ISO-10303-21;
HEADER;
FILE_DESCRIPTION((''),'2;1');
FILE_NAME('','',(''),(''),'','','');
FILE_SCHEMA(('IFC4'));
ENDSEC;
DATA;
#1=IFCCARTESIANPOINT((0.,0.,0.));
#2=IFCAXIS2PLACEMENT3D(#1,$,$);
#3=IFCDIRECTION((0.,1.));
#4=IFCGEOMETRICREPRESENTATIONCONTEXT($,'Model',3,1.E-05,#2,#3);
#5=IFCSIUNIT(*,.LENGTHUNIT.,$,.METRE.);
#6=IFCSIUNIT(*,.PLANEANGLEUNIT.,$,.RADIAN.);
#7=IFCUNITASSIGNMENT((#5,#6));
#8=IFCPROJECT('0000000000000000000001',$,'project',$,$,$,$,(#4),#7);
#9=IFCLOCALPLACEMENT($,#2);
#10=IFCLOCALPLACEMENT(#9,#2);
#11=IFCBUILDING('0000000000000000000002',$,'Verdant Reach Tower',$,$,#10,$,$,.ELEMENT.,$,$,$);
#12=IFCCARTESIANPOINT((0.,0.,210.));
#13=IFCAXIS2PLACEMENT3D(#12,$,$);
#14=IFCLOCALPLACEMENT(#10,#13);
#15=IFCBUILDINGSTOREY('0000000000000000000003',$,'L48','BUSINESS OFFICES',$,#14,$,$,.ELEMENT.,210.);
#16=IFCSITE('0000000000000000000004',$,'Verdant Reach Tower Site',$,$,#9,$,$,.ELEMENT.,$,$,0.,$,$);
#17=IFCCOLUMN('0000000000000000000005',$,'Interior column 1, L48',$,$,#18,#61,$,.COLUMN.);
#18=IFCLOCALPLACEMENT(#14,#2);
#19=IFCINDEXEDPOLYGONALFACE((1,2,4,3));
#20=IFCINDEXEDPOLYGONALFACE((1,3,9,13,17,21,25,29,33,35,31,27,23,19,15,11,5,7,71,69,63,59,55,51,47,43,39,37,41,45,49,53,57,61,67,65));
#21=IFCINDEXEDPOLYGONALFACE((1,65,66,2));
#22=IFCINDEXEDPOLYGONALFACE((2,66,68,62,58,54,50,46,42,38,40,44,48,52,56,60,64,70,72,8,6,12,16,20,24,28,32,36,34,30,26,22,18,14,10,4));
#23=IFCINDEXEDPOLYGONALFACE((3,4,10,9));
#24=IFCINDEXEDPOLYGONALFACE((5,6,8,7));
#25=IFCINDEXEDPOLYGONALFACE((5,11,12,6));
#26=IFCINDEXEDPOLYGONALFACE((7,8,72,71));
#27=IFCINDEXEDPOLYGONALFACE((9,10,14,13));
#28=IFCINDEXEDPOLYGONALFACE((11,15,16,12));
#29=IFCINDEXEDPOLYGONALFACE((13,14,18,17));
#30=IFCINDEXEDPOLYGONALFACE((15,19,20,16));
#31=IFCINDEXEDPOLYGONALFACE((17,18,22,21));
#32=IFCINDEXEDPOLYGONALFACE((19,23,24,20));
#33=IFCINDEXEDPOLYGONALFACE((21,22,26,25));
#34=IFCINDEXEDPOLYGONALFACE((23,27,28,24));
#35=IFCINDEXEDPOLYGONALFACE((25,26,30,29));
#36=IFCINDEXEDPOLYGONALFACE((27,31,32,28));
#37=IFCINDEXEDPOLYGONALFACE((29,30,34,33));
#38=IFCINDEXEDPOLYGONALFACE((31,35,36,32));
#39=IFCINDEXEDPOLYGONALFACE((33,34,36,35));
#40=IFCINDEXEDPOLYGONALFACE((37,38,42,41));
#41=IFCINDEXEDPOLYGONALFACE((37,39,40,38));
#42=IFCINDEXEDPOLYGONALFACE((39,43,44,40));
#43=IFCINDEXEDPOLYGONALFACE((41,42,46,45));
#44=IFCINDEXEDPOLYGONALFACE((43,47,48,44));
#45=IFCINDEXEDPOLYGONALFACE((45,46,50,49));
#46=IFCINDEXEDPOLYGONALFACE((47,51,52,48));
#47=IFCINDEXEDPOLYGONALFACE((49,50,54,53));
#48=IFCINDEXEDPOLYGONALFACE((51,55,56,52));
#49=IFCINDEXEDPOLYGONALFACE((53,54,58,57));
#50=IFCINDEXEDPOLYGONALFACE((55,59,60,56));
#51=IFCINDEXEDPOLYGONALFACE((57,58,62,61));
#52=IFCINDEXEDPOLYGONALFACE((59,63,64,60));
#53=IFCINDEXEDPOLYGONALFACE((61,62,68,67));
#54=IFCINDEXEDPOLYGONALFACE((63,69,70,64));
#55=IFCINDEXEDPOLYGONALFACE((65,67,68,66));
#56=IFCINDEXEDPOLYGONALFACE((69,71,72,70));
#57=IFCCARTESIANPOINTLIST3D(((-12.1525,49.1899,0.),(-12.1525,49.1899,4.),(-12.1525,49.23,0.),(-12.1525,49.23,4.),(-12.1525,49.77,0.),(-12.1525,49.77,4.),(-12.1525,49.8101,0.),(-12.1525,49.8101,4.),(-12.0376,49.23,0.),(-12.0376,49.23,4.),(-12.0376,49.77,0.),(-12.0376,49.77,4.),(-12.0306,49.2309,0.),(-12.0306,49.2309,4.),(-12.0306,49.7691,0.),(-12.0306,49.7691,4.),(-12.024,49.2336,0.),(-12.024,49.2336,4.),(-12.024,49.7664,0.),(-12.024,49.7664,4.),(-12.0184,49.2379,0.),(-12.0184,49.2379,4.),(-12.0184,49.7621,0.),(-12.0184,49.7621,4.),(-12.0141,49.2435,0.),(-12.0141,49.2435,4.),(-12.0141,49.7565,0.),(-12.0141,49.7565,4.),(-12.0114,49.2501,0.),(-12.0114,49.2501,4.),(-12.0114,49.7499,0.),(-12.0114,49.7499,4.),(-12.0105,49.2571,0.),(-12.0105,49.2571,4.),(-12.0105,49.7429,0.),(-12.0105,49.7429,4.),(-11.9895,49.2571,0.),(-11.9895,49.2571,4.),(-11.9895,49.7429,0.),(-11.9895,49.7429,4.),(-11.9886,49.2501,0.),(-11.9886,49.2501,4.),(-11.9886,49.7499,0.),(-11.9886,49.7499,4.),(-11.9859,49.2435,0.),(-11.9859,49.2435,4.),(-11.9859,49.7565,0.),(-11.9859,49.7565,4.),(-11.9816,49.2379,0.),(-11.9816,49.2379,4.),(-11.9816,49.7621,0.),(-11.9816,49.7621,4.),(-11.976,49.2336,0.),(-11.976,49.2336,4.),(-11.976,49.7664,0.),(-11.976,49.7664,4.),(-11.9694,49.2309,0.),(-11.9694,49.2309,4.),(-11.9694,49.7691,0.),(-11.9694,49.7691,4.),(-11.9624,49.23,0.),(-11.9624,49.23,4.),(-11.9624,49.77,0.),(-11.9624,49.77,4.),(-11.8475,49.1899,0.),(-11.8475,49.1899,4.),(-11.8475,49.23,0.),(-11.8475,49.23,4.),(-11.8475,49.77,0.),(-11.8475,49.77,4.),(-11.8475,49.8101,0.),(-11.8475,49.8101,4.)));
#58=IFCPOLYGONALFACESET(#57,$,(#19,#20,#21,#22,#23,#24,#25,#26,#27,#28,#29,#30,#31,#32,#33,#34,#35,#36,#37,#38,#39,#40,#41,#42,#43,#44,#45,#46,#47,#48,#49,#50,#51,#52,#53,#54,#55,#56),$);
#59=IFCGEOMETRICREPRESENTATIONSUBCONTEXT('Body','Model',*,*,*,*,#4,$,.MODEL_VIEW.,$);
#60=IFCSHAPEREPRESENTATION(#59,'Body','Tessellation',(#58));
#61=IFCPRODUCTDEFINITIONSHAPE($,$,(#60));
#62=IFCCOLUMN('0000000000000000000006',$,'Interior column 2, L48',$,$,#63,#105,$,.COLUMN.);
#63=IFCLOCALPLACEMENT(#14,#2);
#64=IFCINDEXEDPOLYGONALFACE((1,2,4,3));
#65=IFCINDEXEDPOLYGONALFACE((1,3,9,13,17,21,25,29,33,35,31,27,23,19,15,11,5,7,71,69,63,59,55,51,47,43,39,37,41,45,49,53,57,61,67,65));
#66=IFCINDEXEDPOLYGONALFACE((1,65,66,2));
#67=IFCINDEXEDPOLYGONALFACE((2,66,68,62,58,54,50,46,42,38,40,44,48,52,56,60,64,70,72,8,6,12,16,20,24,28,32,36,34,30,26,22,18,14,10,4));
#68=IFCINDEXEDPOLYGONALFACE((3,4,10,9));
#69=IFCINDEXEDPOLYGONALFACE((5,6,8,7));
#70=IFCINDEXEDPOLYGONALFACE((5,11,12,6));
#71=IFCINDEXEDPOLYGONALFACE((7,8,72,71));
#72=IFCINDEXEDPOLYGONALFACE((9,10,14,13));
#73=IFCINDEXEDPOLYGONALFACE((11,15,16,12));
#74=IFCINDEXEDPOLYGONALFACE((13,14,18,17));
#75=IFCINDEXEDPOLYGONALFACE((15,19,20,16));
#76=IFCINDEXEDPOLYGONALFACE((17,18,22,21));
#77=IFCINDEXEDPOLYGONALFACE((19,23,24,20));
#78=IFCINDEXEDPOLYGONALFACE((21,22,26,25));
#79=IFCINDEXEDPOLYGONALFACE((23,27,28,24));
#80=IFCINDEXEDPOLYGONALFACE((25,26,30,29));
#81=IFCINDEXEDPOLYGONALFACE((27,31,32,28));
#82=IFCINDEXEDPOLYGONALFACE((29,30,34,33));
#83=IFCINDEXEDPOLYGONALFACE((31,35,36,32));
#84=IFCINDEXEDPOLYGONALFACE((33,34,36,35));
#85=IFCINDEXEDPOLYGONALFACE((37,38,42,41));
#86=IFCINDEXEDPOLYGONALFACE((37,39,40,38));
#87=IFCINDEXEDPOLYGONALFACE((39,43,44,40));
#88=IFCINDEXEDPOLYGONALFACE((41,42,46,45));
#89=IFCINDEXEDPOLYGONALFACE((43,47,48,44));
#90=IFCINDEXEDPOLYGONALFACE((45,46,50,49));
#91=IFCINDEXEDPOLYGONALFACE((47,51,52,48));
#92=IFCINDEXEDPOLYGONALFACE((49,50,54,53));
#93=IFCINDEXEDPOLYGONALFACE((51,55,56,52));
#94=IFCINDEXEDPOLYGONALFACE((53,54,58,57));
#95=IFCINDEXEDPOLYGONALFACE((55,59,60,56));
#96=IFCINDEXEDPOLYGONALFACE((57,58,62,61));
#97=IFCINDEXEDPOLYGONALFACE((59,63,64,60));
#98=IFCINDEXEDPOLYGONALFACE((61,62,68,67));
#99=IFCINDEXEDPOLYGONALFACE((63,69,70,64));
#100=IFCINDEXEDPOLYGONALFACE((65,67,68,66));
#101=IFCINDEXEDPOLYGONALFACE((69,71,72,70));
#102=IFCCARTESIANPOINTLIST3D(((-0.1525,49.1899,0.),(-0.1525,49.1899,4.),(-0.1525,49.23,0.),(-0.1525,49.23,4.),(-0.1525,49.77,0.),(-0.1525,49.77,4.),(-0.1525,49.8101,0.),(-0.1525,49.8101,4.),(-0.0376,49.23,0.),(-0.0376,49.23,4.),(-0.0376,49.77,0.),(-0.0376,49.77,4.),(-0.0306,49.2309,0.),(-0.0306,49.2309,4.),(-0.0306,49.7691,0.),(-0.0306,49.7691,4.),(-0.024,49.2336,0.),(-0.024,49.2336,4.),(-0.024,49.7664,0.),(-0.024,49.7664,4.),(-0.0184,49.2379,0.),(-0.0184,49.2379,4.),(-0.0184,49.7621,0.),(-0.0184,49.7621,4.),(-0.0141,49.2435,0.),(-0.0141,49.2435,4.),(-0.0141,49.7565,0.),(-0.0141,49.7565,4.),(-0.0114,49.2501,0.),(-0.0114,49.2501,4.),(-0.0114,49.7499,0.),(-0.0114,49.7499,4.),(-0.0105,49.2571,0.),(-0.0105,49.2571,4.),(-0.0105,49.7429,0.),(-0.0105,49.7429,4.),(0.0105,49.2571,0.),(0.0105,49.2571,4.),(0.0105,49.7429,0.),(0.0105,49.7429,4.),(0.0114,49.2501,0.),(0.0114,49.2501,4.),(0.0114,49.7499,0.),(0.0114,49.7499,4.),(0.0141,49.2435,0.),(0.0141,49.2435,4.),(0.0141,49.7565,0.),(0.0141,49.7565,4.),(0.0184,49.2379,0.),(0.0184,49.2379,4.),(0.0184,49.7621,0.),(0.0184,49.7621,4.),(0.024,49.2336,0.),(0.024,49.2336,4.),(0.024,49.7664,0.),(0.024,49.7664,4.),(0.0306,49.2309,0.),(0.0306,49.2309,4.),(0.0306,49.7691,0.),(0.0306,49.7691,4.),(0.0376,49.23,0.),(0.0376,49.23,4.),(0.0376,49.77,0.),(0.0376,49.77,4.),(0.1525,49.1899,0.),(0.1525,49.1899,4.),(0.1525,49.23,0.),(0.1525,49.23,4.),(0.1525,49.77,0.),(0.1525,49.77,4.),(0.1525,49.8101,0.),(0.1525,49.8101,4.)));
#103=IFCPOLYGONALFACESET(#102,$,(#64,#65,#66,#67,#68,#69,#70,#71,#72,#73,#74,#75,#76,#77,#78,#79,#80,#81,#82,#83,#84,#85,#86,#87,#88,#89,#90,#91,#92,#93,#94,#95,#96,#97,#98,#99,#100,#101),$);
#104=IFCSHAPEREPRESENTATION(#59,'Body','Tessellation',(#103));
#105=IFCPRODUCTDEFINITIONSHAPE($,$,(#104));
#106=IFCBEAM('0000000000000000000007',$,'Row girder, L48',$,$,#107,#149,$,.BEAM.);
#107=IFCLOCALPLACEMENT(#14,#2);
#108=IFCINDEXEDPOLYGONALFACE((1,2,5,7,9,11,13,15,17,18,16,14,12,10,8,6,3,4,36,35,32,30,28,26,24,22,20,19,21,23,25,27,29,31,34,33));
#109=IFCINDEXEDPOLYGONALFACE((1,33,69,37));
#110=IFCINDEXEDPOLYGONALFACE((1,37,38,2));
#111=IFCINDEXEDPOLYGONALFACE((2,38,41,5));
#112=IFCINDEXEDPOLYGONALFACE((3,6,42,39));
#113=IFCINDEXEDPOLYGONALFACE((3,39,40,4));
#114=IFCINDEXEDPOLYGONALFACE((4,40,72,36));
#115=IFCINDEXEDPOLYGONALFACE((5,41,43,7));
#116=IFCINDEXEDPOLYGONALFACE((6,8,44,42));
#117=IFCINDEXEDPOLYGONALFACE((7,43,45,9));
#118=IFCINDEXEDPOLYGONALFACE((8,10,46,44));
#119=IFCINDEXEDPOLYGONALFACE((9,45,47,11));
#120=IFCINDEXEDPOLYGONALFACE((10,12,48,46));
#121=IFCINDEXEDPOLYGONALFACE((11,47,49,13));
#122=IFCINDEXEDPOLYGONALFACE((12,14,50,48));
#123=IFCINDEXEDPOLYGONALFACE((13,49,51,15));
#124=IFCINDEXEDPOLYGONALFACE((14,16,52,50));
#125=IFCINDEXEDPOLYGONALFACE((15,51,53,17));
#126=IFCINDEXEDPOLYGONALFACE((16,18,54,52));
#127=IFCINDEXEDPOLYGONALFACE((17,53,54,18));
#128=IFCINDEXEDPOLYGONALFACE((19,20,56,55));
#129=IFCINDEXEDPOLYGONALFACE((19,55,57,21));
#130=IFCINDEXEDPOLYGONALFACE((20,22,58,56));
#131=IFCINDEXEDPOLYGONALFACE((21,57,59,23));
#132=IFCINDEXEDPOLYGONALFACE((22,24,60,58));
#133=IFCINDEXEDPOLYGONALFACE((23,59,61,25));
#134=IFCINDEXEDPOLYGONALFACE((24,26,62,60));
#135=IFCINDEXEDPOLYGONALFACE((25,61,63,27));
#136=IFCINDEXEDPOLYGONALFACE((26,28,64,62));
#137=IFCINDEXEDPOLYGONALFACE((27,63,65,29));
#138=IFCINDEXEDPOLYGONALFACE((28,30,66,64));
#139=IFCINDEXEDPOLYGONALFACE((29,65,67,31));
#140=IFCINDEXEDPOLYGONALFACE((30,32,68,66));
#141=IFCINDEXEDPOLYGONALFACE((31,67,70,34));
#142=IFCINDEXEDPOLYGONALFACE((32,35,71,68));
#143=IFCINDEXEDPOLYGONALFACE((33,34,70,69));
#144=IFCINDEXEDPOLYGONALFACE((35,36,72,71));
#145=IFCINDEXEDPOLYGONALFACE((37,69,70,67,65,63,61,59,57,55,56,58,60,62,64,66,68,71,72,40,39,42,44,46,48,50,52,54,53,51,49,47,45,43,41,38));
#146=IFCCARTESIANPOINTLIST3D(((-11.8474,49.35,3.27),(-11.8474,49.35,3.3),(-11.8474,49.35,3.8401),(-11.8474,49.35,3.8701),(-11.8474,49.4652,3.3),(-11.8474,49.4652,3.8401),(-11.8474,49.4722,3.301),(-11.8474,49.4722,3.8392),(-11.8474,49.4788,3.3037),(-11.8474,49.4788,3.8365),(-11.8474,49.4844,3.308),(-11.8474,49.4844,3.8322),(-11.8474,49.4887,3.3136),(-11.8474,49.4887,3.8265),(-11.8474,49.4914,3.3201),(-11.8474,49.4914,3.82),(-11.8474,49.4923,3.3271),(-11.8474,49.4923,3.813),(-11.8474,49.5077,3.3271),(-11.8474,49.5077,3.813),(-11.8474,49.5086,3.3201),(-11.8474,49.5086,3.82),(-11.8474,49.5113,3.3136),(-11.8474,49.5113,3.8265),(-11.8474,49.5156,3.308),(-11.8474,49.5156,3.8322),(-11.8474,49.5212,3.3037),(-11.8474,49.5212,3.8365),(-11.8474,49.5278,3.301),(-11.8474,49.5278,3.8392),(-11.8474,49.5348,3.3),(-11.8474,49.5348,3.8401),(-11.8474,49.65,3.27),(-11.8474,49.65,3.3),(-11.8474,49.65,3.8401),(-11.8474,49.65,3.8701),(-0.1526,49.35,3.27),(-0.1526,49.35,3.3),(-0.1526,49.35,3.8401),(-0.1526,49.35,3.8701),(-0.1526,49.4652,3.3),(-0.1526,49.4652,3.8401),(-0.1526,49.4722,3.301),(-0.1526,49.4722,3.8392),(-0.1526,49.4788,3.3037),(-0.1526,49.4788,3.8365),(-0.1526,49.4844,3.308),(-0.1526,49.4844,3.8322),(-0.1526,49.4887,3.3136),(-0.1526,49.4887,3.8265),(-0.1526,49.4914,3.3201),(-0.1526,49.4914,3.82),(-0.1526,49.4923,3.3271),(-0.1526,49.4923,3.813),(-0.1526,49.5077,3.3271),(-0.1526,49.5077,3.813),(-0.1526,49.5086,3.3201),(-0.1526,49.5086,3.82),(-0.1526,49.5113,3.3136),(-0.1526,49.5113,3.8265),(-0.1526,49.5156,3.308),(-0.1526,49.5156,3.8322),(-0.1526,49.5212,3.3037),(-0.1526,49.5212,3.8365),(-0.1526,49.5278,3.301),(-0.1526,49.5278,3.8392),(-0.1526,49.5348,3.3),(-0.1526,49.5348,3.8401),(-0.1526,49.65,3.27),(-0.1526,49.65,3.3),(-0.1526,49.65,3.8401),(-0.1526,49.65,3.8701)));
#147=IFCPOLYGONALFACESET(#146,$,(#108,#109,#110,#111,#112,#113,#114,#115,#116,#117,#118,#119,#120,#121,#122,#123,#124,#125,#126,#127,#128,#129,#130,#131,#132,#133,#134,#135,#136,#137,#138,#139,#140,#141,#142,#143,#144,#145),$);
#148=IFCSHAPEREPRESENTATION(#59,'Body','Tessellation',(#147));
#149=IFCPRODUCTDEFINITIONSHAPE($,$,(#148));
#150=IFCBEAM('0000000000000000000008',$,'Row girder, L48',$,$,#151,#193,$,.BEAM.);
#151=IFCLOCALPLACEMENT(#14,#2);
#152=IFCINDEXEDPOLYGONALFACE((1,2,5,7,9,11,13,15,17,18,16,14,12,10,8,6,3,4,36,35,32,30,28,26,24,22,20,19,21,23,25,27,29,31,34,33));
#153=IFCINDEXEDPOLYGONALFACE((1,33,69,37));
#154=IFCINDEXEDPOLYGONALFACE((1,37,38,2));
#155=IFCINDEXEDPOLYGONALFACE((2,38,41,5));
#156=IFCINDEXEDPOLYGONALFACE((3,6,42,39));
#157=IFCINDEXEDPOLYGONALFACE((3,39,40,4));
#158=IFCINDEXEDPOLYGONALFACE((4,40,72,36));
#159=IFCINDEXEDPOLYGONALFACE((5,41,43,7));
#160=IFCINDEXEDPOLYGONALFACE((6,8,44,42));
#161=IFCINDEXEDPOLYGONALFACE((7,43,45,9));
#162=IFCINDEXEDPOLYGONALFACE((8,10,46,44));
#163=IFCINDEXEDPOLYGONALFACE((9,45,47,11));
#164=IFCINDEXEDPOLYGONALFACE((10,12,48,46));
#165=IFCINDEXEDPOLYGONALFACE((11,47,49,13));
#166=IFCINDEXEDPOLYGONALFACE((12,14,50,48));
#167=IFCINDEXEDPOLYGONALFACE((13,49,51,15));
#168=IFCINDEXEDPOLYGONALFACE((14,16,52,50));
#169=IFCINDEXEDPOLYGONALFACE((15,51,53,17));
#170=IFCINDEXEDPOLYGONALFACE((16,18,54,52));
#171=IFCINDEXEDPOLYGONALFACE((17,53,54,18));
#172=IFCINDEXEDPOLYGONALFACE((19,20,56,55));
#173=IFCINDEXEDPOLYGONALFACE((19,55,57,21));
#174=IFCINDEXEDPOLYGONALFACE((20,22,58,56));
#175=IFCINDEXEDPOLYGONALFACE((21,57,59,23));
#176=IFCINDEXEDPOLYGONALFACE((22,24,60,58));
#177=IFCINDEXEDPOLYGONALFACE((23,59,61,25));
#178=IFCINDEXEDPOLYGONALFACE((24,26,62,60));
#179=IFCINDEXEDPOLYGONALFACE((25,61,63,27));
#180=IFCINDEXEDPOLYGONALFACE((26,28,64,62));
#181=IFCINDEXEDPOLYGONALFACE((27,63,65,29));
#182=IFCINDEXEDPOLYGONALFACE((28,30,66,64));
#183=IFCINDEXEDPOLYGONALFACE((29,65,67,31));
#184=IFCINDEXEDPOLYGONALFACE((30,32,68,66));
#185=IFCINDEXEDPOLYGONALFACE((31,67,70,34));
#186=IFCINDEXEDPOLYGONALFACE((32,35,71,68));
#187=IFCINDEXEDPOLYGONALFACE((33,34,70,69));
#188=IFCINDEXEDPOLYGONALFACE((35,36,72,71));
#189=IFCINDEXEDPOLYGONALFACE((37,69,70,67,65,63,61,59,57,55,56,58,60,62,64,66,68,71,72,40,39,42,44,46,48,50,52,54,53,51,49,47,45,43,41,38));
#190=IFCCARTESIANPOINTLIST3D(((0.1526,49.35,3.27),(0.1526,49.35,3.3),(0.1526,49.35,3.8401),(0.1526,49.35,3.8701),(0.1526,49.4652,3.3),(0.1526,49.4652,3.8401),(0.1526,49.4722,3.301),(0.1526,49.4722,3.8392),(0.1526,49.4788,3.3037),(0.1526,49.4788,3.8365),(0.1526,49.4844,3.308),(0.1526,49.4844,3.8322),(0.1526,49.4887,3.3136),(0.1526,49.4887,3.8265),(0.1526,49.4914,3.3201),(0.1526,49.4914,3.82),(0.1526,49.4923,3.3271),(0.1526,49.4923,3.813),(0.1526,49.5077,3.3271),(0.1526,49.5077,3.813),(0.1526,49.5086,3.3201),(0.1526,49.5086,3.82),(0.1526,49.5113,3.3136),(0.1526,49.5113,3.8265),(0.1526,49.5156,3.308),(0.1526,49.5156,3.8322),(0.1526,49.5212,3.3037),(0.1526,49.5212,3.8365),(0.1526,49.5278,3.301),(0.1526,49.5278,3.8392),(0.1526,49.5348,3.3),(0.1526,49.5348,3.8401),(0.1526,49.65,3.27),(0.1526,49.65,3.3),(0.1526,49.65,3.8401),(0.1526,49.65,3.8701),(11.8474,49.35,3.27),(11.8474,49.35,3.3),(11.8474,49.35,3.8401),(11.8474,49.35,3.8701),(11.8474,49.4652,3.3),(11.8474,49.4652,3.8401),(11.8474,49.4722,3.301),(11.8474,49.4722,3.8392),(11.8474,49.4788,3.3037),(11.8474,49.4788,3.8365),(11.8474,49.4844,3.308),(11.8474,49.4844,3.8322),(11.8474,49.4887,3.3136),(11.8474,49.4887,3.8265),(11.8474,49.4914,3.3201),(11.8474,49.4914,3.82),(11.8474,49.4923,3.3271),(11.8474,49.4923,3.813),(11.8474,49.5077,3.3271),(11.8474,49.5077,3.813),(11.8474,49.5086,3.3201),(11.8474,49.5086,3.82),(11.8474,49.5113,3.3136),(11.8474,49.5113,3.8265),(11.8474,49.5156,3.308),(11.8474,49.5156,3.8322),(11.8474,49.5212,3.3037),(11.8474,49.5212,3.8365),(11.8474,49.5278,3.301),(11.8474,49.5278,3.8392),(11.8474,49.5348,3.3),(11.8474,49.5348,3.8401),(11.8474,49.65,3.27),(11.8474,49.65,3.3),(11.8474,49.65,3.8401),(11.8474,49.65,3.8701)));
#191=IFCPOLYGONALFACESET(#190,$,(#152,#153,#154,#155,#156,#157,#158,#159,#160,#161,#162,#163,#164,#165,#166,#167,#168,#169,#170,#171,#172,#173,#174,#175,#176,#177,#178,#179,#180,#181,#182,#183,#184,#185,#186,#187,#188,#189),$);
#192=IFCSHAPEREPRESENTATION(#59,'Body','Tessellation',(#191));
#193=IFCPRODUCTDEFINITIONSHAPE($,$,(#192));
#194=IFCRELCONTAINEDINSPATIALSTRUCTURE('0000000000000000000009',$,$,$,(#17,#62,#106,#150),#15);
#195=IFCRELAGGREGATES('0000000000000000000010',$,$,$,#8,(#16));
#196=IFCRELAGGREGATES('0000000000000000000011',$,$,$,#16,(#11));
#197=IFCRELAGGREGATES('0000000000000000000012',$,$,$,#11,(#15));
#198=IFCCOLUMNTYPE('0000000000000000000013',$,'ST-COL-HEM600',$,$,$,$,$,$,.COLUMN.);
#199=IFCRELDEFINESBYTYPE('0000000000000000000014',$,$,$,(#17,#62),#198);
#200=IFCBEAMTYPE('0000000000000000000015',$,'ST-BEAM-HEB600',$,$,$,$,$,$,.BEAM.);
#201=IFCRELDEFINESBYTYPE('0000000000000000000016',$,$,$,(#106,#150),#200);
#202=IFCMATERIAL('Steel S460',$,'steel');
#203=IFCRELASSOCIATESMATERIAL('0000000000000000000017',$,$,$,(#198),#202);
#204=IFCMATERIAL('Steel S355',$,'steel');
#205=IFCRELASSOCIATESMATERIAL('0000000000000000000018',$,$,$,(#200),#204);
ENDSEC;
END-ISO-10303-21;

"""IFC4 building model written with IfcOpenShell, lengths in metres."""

from ifc_helpers import new_model, si_unit, direction, frame, origin, origin_2d, place, context, subcontext, project, spatial, i_section, extrude, material, material_profile, profile_set, type_object, element, save


model = new_model("IFC4")

# Units and contexts
model_context = context("Model", 3, precision=1e-05, world=origin(), true_north=direction((0.0, 1.0)))
body_context = subcontext(model_context, "Body", "Model", "MODEL_VIEW")
ifc_project = project(units=[si_unit("LENGTHUNIT", "METRE"), si_unit("PLANEANGLEUNIT", "RADIAN")], contexts=[model_context])

# Site, building, storey
site_placement = place(None, origin())
site = spatial("IfcSite", under=ifc_project, at=site_placement, Name="Verdant Reach Tower Site", CompositionType="ELEMENT", RefElevation=0.0)
building_placement = place(site_placement, origin())
building = spatial("IfcBuilding", under=site, at=building_placement, Name="Verdant Reach Tower", CompositionType="ELEMENT")
storey_placement = place(building_placement, frame((0.0, 0.0, 210.0)))
storey = spatial("IfcBuildingStorey", under=building, at=storey_placement, Name="L48", Description="BUSINESS OFFICES", CompositionType="ELEMENT", Elevation=210.0)

# Columns
ifc_material_1 = material(Name="Steel S460", Category="steel")
ifc_material_profile_1 = material_profile(ifc_material_1, i_section(OverallWidth=0.3049, OverallDepth=0.6201, WebThickness=0.021, FlangeThickness=0.04, FilletRadius=0.0271, at=origin_2d()), Name="HEM 600")
ifc_profile_set_1 = profile_set([ifc_material_profile_1], Name="Steel S460")
column_type = type_object("IfcColumnType", Name="ST-COL-HEM600", PredefinedType="COLUMN", material=ifc_profile_set_1)
for number, where, z_axis, x_axis, name in (
    (1, (-12.0, 49.5, 0.0), (0.0, 0.0, 1.0), (1.0, 0.0, 0.0), "Interior column 1, L48"),
    (2, (0.0, 49.5, 0.0), (0.0, 0.0, 1.0), (1.0, 0.0, 0.0), "Interior column 2, L48"),
):
    element("IfcColumn", number, at=place(storey_placement, frame(where, z_axis=z_axis, x_axis=x_axis)), inside=storey, type_object=column_type, Name=name, PredefinedType="COLUMN", context=body_context, shape_type="SweptSolid", body=[
        extrude(i_section(OverallWidth=0.3049, OverallDepth=0.6201, WebThickness=0.021, FlangeThickness=0.04, FilletRadius=0.0271, at=origin_2d()), origin(), (0.0, 0.0, 1.0), 4.0),
    ])

# Beams
ifc_material_2 = material(Name="Steel S355", Category="steel")
ifc_material_profile_2 = material_profile(ifc_material_2, i_section(OverallWidth=0.3, OverallDepth=0.6001, WebThickness=0.0154, FlangeThickness=0.03, FilletRadius=0.0271, at=origin_2d()), Name="HEB 600")
ifc_profile_set_2 = profile_set([ifc_material_profile_2], Name="Steel S355")
beam_type_1 = type_object("IfcBeamType", Name="ST-BEAM-HEB600", PredefinedType="BEAM", material=ifc_profile_set_2)
for number, where, z_axis, x_axis, name in (
    (3, (-11.8474, 49.5, 3.5701), (1.0, 0.0, 0.0), (0.0, 1.0, 0.0), "Row girder, L48"),
    (4, (0.1526, 49.5, 3.5701), (1.0, 0.0, 0.0), (0.0, 1.0, 0.0), "Row girder, L48"),
):
    element("IfcBeam", number, at=place(storey_placement, frame(where, z_axis=z_axis, x_axis=x_axis)), inside=storey, type_object=beam_type_1, Name=name, PredefinedType="BEAM", context=body_context, shape_type="SweptSolid", body=[
        extrude(i_section(OverallWidth=0.3, OverallDepth=0.6001, WebThickness=0.0154, FlangeThickness=0.03, FilletRadius=0.0271, at=origin_2d()), origin(), (0.0, 0.0, 1.0), 11.6948),
    ])

save(model, "model.ifc")
